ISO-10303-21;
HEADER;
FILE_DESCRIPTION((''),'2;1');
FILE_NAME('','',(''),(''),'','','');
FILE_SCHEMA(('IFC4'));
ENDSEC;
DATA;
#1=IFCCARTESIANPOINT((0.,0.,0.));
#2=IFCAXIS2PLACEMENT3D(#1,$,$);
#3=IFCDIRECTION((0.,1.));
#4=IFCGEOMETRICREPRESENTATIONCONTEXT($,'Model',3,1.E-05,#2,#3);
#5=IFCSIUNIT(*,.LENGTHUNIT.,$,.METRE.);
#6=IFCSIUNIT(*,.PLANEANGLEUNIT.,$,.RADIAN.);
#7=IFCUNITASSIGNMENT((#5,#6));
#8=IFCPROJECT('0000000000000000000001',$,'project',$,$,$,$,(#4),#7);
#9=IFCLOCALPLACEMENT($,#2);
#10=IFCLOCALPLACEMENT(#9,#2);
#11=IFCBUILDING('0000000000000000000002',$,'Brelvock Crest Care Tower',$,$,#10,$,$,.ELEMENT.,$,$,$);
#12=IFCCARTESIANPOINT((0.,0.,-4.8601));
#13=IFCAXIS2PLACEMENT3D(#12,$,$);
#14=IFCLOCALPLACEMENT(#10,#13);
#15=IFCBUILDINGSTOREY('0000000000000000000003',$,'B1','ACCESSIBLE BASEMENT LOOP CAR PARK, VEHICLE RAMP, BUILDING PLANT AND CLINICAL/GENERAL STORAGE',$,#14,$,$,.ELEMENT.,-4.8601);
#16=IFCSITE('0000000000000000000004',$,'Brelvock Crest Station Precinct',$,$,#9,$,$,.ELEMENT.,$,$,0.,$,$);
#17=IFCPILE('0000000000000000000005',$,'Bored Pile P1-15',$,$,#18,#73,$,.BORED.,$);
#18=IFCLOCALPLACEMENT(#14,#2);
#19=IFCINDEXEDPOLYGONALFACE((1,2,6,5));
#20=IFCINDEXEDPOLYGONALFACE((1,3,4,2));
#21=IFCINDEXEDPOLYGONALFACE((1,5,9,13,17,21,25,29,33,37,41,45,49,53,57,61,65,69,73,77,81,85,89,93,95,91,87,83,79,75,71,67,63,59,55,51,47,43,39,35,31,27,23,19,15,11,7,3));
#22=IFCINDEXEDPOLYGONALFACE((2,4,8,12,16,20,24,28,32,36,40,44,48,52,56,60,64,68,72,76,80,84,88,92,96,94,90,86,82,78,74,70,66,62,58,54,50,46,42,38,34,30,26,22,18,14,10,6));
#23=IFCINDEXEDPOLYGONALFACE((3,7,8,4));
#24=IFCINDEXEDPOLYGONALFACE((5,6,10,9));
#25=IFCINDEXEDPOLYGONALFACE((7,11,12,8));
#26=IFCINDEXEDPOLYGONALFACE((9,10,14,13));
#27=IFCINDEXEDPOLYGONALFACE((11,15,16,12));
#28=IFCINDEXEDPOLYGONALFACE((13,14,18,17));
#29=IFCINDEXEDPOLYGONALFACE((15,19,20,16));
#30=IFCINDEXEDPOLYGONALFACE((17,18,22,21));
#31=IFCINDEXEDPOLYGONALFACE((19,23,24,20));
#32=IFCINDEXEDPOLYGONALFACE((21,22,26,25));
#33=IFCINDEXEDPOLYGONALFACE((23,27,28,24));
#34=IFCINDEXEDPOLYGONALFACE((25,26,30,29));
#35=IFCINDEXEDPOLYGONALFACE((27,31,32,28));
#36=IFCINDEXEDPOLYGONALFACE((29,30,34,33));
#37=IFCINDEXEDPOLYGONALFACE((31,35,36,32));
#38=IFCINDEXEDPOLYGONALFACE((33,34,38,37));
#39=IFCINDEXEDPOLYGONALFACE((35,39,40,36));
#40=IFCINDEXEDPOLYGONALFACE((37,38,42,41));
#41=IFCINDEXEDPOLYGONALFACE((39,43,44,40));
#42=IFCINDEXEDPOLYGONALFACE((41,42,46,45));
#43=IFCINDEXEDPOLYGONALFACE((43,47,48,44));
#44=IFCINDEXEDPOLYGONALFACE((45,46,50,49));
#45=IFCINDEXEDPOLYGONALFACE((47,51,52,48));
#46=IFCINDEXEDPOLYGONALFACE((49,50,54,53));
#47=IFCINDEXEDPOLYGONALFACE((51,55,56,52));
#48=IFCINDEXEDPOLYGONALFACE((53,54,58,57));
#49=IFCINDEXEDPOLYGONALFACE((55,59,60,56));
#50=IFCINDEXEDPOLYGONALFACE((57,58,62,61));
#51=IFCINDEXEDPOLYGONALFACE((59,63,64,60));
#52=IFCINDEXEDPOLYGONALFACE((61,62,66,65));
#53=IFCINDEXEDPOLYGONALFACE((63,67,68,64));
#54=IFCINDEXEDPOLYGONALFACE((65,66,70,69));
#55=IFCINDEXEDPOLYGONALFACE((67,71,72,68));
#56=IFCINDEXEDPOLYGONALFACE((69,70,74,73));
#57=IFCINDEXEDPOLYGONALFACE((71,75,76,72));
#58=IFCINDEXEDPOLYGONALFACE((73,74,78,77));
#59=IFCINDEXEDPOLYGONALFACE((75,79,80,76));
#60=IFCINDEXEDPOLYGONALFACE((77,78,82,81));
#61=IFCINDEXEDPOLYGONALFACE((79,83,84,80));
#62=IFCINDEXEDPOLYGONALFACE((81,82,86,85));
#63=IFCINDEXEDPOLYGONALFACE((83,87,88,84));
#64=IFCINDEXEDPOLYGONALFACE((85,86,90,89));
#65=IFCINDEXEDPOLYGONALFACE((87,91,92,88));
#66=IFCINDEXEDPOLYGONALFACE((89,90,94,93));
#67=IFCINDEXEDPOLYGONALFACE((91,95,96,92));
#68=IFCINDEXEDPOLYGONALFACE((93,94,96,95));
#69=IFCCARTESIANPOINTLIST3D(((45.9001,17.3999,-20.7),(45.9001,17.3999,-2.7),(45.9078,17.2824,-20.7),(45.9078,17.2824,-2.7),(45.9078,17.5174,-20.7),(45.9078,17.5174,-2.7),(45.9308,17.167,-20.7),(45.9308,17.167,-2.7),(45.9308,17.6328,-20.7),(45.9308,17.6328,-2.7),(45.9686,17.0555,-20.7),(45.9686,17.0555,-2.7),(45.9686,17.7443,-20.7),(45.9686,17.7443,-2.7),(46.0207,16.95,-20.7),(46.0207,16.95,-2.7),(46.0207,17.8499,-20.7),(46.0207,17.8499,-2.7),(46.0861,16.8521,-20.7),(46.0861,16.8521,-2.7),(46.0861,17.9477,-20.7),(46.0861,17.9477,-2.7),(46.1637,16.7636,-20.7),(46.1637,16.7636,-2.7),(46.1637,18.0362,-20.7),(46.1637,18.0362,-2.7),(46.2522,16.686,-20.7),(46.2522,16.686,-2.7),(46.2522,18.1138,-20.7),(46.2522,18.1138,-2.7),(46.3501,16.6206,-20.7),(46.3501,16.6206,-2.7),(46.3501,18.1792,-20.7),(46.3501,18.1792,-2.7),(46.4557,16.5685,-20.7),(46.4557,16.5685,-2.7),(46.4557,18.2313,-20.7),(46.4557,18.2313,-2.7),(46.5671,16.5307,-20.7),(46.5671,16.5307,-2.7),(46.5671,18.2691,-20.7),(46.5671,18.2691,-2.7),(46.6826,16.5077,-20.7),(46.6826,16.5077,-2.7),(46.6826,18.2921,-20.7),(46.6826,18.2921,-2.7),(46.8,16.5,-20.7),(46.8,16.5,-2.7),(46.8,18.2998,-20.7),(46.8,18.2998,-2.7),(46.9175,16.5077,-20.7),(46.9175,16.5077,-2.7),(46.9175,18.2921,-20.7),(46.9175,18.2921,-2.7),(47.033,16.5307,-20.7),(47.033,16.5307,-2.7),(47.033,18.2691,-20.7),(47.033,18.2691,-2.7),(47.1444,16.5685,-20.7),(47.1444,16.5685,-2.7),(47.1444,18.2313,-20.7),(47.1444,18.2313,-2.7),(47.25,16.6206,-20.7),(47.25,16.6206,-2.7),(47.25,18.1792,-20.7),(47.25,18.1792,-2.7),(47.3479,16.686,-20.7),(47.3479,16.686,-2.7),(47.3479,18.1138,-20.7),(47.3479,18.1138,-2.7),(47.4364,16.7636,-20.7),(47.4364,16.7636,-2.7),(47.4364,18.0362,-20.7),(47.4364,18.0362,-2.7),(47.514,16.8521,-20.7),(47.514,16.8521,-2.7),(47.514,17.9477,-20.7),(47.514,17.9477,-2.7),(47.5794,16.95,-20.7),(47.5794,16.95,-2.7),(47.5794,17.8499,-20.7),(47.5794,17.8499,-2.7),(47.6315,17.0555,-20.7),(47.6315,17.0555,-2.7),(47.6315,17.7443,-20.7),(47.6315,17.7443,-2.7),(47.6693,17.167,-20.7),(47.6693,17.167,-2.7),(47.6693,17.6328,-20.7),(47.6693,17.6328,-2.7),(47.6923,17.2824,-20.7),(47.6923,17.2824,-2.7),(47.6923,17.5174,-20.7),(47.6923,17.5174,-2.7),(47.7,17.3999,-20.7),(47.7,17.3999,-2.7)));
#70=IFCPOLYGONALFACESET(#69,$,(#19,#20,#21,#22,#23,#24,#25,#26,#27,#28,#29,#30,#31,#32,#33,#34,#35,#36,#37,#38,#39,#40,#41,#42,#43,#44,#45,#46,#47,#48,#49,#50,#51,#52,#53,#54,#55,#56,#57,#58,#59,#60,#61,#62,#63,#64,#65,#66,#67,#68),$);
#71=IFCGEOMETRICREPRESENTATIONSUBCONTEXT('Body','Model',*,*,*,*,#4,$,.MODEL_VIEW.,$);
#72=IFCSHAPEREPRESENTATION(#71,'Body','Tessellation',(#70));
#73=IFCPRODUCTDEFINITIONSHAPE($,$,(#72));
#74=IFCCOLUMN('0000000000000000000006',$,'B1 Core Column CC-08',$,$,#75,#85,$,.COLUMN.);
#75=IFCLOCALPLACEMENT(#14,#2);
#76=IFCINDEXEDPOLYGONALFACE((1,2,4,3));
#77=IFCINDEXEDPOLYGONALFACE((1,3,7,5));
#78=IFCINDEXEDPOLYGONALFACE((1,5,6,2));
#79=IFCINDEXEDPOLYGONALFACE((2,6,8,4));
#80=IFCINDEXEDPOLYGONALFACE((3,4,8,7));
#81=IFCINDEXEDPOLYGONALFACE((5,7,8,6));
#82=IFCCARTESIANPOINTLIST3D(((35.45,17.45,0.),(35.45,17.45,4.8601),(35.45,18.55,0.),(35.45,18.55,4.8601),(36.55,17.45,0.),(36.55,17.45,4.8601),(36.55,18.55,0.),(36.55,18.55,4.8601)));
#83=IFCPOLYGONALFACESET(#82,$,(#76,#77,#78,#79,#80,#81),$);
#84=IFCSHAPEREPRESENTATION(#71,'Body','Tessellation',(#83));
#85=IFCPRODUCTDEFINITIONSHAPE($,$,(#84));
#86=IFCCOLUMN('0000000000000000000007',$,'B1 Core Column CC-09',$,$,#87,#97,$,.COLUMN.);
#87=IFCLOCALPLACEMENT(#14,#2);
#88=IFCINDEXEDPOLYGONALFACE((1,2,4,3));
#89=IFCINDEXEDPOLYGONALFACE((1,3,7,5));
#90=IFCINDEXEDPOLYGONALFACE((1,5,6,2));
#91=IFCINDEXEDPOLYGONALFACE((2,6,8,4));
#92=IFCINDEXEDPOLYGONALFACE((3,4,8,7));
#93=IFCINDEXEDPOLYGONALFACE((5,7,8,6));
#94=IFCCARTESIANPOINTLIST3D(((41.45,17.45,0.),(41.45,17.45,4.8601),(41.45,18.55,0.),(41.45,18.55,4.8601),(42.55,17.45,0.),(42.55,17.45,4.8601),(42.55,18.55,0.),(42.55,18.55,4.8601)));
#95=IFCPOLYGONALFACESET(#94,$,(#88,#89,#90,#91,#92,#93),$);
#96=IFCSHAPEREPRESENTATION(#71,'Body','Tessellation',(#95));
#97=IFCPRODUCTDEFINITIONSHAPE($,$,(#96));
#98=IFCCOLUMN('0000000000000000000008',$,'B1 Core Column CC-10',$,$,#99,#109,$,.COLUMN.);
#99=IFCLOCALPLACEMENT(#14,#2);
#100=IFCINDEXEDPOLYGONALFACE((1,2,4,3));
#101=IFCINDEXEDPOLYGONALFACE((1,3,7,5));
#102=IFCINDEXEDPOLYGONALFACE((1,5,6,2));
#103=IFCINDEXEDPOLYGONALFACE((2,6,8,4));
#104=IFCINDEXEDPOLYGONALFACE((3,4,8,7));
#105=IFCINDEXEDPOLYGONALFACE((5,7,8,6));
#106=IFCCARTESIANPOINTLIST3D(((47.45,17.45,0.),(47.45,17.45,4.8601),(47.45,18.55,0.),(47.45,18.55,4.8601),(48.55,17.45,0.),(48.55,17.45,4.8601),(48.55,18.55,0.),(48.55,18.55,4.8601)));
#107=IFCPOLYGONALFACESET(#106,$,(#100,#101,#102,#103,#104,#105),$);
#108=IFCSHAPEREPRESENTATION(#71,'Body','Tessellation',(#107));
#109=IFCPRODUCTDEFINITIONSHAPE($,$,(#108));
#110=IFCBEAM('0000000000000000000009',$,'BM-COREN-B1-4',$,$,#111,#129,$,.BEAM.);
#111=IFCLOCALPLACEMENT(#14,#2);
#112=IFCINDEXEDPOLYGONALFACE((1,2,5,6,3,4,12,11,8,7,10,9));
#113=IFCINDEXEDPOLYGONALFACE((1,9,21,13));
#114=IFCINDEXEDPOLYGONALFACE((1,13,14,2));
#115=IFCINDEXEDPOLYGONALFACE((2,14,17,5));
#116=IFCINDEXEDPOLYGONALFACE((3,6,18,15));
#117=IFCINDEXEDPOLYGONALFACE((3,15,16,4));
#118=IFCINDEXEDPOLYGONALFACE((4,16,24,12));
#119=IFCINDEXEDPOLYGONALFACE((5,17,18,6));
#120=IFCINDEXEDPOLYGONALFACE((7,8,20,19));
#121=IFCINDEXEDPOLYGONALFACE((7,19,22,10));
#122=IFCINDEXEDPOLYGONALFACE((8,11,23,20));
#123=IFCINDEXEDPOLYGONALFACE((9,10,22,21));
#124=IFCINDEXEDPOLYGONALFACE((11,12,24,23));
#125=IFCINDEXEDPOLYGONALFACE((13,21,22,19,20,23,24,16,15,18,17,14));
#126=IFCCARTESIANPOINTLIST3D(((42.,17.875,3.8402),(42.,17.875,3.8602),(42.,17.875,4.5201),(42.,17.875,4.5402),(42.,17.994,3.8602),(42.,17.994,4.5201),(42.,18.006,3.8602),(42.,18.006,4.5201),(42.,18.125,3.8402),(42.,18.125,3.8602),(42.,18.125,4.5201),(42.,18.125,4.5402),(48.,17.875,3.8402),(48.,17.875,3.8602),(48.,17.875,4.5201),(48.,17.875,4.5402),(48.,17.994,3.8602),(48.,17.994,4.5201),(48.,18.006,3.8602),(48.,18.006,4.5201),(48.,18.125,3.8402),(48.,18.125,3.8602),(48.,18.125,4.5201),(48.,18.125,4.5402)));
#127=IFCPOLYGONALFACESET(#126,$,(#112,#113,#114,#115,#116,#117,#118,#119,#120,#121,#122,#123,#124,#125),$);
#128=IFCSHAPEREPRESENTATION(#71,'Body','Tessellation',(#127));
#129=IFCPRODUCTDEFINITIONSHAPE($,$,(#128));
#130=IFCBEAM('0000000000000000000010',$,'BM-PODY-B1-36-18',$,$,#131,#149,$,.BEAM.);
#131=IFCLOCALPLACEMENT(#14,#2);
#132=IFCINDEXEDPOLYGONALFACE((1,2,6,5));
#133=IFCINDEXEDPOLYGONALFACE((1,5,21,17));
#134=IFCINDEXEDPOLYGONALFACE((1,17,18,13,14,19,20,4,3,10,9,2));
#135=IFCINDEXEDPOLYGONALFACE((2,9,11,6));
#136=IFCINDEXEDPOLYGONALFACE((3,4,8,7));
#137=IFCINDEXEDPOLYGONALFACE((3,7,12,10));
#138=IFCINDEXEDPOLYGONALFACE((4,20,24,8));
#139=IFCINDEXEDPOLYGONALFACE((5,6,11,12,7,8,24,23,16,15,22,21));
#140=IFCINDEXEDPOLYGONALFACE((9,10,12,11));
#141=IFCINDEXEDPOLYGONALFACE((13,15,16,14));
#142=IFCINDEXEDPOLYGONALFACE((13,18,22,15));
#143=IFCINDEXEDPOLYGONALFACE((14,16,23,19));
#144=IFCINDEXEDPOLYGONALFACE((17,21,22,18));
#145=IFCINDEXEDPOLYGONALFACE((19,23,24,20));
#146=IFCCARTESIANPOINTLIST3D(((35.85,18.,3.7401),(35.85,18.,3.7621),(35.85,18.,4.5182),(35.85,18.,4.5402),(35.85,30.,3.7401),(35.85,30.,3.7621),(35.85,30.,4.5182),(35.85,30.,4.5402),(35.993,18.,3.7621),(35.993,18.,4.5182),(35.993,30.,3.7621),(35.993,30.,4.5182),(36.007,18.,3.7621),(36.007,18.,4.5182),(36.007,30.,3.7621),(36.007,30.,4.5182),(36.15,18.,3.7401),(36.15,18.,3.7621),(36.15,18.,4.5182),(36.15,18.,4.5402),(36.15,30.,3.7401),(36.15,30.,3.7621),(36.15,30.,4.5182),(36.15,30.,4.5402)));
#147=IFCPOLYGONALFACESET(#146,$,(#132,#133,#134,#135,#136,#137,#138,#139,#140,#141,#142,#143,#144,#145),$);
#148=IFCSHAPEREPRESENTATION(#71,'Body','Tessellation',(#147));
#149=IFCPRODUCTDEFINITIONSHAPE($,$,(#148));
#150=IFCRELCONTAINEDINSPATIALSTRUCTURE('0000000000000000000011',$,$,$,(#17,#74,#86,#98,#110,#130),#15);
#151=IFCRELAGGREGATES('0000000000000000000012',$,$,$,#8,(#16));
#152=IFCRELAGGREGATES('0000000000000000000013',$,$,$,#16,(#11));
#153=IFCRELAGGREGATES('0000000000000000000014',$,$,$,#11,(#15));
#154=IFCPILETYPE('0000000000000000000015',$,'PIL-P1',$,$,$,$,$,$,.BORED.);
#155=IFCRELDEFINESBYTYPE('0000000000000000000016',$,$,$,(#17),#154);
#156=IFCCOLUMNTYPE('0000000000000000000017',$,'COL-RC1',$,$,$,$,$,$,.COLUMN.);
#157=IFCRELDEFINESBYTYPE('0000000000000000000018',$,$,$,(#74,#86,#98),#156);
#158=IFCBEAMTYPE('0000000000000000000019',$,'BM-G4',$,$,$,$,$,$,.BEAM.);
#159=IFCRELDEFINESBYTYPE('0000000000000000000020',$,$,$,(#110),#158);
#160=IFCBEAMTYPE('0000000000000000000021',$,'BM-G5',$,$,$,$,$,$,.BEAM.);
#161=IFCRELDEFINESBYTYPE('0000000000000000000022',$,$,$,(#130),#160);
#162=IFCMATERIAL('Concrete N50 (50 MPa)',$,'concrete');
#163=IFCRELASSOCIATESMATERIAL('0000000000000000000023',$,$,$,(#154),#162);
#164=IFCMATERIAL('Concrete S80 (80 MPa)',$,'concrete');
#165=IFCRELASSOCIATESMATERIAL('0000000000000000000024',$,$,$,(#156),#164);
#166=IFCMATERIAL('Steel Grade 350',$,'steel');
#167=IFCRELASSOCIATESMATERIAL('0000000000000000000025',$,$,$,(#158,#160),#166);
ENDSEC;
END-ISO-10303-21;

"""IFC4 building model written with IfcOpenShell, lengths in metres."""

from ifc_helpers import new_model, si_unit, direction, frame, origin, origin_2d, place, context, subcontext, project, spatial, rectangle, circle, i_section, extrude, source, transform, mapped, material, material_profile, profile_set, type_object, element, save


model = new_model("IFC4")

# Units and contexts
model_context = context("Model", 3, precision=1e-05, world=origin(), true_north=direction((0.0, 1.0)))
body_context = subcontext(model_context, "Body", "Model", "MODEL_VIEW")
ifc_project = project(units=[si_unit("LENGTHUNIT", "METRE"), si_unit("PLANEANGLEUNIT", "RADIAN")], contexts=[model_context])

# Site, building, storey
site_placement = place(None, origin())
site = spatial("IfcSite", under=ifc_project, at=site_placement, Name="Brelvock Crest Station Precinct", CompositionType="ELEMENT", RefElevation=0.0)
building_placement = place(site_placement, origin())
building = spatial("IfcBuilding", under=site, at=building_placement, Name="Brelvock Crest Care Tower", CompositionType="ELEMENT")
storey_placement = place(building_placement, frame((0.0, 0.0, -4.8601)))
storey = spatial("IfcBuildingStorey", under=building, at=storey_placement, Name="B1", Description="ACCESSIBLE BASEMENT LOOP CAR PARK, VEHICLE RAMP, BUILDING PLANT AND CLINICAL/GENERAL STORAGE", CompositionType="ELEMENT", Elevation=-4.8601)

# Pile
ifc_material_1 = material(Name="Concrete N50 (50 MPa)", Category="concrete")
ifc_material_profile_1 = material_profile(ifc_material_1, circle(Radius=0.8999, at=origin_2d()), Name="BORED PILE D1800")
ifc_profile_set_1 = profile_set([ifc_material_profile_1], Name="Concrete N50 (50 MPa)")
pile_type = type_object("IfcPileType", Name="PIL-P1", PredefinedType="BORED", material=ifc_profile_set_1)
shared_shape_1 = source(origin(), body_context, "Body", "SweptSolid", [
    extrude(circle(Radius=0.8999, at=origin_2d()), origin(), (0.0, 0.0, 1.0), 18.0),
])
for number, where, z_axis, x_axis, name in (
    (1, (46.8, 17.3999, -2.7), (0.0, 0.0, -1.0), (1.0, 0.0, 0.0), "Bored Pile P1-15"),
):
    element("IfcPile", number, at=place(storey_placement, frame(where, z_axis=z_axis, x_axis=x_axis)), inside=storey, type_object=pile_type, Name=name, PredefinedType="BORED", context=body_context, shape_type="MappedRepresentation", body=[
        mapped(shared_shape_1, transform((0.0, 0.0, 0.0), x_axis=(1.0, 0.0, 0.0), y_axis=(0.0, 1.0, 0.0), z_axis=(0.0, 0.0, 1.0), scale=1.0)),
    ])

# Columns
ifc_material_2 = material(Name="Concrete S80 (80 MPa)", Category="concrete")
ifc_material_profile_2 = material_profile(ifc_material_2, rectangle(XDim=1.1001, YDim=1.1001, at=origin_2d()), Name="RC1100x1100")
ifc_profile_set_2 = profile_set([ifc_material_profile_2], Name="Concrete S80 (80 MPa)")
column_type = type_object("IfcColumnType", Name="COL-RC1", PredefinedType="COLUMN", material=ifc_profile_set_2)
shared_shape_2 = source(origin(), body_context, "Body", "SweptSolid", [
    extrude(rectangle(XDim=1.1001, YDim=1.1001, at=origin_2d()), origin(), (0.0, 0.0, 1.0), 4.8601),
])
for number, where, z_axis, x_axis, name in (
    (2, (36.0, 18.0, 0.0), (0.0, 0.0, 1.0), (1.0, 0.0, 0.0), "B1 Core Column CC-08"),
    (3, (42.0, 18.0, 0.0), (0.0, 0.0, 1.0), (1.0, 0.0, 0.0), "B1 Core Column CC-09"),
    (4, (48.0, 18.0, 0.0), (0.0, 0.0, 1.0), (1.0, 0.0, 0.0), "B1 Core Column CC-10"),
):
    element("IfcColumn", number, at=place(storey_placement, frame(where, z_axis=z_axis, x_axis=x_axis)), inside=storey, type_object=column_type, Name=name, PredefinedType="COLUMN", context=body_context, shape_type="MappedRepresentation", body=[
        mapped(shared_shape_2, transform((0.0, 0.0, 0.0), x_axis=(1.0, 0.0, 0.0), y_axis=(0.0, 1.0, 0.0), z_axis=(0.0, 0.0, 1.0), scale=1.0)),
    ])

# Beams
ifc_material_3 = material(Name="Steel Grade 350", Category="steel")
ifc_material_profile_3 = material_profile(ifc_material_3, i_section(OverallWidth=0.25, OverallDepth=0.7, WebThickness=0.012, FlangeThickness=0.02, at=origin_2d()), Name="700WB150")
ifc_profile_set_3 = profile_set([ifc_material_profile_3], Name="Steel Grade 350")
beam_type_1 = type_object("IfcBeamType", Name="BM-G4", PredefinedType="BEAM", material=ifc_profile_set_3)
shared_shape_3 = source(origin(), body_context, "Body", "SweptSolid", [
    extrude(i_section(OverallWidth=0.25, OverallDepth=0.7, WebThickness=0.012, FlangeThickness=0.02, at=origin_2d()), origin(), (0.0, 0.0, 1.0), 6.0),
])
beam_1_placement = place(storey_placement, frame((42.0, 18.0, 4.1902), z_axis=(1.0, 0.0, 0.0), x_axis=(0.0, 1.0, 0.0)))
element("IfcBeam", 5, at=beam_1_placement, inside=storey, type_object=beam_type_1, Name="BM-COREN-B1-4", PredefinedType="BEAM", context=body_context, shape_type="MappedRepresentation", body=[
    mapped(shared_shape_3, transform((0.0, 0.0, 0.0), x_axis=(1.0, 0.0, 0.0), y_axis=(0.0, 1.0, 0.0), z_axis=(0.0, 0.0, 1.0), scale=1.0)),
])
ifc_material_profile_4 = material_profile(ifc_material_3, i_section(OverallWidth=0.3, OverallDepth=0.8, WebThickness=0.0139, FlangeThickness=0.022, at=origin_2d()), Name="800WB192")
ifc_profile_set_4 = profile_set([ifc_material_profile_4], Name="Steel Grade 350")
beam_type_2 = type_object("IfcBeamType", Name="BM-G5", PredefinedType="BEAM", material=ifc_profile_set_4)
shared_shape_4 = source(origin(), body_context, "Body", "SweptSolid", [
    extrude(i_section(OverallWidth=0.3, OverallDepth=0.8, WebThickness=0.0139, FlangeThickness=0.022, at=origin_2d()), origin(), (0.0, 0.0, 1.0), 12.0),
])
beam_2_placement = place(storey_placement, frame((36.0, 18.0, 4.1401), z_axis=(0.0, 1.0, 0.0), x_axis=(-1.0, 0.0, 0.0)))
element("IfcBeam", 6, at=beam_2_placement, inside=storey, type_object=beam_type_2, Name="BM-PODY-B1-36-18", PredefinedType="BEAM", context=body_context, shape_type="MappedRepresentation", body=[
    mapped(shared_shape_4, transform((0.0, 0.0, 0.0), x_axis=(1.0, 0.0, 0.0), y_axis=(0.0, 1.0, 0.0), z_axis=(0.0, 0.0, 1.0), scale=1.0)),
])

save(model, "model.ifc")
